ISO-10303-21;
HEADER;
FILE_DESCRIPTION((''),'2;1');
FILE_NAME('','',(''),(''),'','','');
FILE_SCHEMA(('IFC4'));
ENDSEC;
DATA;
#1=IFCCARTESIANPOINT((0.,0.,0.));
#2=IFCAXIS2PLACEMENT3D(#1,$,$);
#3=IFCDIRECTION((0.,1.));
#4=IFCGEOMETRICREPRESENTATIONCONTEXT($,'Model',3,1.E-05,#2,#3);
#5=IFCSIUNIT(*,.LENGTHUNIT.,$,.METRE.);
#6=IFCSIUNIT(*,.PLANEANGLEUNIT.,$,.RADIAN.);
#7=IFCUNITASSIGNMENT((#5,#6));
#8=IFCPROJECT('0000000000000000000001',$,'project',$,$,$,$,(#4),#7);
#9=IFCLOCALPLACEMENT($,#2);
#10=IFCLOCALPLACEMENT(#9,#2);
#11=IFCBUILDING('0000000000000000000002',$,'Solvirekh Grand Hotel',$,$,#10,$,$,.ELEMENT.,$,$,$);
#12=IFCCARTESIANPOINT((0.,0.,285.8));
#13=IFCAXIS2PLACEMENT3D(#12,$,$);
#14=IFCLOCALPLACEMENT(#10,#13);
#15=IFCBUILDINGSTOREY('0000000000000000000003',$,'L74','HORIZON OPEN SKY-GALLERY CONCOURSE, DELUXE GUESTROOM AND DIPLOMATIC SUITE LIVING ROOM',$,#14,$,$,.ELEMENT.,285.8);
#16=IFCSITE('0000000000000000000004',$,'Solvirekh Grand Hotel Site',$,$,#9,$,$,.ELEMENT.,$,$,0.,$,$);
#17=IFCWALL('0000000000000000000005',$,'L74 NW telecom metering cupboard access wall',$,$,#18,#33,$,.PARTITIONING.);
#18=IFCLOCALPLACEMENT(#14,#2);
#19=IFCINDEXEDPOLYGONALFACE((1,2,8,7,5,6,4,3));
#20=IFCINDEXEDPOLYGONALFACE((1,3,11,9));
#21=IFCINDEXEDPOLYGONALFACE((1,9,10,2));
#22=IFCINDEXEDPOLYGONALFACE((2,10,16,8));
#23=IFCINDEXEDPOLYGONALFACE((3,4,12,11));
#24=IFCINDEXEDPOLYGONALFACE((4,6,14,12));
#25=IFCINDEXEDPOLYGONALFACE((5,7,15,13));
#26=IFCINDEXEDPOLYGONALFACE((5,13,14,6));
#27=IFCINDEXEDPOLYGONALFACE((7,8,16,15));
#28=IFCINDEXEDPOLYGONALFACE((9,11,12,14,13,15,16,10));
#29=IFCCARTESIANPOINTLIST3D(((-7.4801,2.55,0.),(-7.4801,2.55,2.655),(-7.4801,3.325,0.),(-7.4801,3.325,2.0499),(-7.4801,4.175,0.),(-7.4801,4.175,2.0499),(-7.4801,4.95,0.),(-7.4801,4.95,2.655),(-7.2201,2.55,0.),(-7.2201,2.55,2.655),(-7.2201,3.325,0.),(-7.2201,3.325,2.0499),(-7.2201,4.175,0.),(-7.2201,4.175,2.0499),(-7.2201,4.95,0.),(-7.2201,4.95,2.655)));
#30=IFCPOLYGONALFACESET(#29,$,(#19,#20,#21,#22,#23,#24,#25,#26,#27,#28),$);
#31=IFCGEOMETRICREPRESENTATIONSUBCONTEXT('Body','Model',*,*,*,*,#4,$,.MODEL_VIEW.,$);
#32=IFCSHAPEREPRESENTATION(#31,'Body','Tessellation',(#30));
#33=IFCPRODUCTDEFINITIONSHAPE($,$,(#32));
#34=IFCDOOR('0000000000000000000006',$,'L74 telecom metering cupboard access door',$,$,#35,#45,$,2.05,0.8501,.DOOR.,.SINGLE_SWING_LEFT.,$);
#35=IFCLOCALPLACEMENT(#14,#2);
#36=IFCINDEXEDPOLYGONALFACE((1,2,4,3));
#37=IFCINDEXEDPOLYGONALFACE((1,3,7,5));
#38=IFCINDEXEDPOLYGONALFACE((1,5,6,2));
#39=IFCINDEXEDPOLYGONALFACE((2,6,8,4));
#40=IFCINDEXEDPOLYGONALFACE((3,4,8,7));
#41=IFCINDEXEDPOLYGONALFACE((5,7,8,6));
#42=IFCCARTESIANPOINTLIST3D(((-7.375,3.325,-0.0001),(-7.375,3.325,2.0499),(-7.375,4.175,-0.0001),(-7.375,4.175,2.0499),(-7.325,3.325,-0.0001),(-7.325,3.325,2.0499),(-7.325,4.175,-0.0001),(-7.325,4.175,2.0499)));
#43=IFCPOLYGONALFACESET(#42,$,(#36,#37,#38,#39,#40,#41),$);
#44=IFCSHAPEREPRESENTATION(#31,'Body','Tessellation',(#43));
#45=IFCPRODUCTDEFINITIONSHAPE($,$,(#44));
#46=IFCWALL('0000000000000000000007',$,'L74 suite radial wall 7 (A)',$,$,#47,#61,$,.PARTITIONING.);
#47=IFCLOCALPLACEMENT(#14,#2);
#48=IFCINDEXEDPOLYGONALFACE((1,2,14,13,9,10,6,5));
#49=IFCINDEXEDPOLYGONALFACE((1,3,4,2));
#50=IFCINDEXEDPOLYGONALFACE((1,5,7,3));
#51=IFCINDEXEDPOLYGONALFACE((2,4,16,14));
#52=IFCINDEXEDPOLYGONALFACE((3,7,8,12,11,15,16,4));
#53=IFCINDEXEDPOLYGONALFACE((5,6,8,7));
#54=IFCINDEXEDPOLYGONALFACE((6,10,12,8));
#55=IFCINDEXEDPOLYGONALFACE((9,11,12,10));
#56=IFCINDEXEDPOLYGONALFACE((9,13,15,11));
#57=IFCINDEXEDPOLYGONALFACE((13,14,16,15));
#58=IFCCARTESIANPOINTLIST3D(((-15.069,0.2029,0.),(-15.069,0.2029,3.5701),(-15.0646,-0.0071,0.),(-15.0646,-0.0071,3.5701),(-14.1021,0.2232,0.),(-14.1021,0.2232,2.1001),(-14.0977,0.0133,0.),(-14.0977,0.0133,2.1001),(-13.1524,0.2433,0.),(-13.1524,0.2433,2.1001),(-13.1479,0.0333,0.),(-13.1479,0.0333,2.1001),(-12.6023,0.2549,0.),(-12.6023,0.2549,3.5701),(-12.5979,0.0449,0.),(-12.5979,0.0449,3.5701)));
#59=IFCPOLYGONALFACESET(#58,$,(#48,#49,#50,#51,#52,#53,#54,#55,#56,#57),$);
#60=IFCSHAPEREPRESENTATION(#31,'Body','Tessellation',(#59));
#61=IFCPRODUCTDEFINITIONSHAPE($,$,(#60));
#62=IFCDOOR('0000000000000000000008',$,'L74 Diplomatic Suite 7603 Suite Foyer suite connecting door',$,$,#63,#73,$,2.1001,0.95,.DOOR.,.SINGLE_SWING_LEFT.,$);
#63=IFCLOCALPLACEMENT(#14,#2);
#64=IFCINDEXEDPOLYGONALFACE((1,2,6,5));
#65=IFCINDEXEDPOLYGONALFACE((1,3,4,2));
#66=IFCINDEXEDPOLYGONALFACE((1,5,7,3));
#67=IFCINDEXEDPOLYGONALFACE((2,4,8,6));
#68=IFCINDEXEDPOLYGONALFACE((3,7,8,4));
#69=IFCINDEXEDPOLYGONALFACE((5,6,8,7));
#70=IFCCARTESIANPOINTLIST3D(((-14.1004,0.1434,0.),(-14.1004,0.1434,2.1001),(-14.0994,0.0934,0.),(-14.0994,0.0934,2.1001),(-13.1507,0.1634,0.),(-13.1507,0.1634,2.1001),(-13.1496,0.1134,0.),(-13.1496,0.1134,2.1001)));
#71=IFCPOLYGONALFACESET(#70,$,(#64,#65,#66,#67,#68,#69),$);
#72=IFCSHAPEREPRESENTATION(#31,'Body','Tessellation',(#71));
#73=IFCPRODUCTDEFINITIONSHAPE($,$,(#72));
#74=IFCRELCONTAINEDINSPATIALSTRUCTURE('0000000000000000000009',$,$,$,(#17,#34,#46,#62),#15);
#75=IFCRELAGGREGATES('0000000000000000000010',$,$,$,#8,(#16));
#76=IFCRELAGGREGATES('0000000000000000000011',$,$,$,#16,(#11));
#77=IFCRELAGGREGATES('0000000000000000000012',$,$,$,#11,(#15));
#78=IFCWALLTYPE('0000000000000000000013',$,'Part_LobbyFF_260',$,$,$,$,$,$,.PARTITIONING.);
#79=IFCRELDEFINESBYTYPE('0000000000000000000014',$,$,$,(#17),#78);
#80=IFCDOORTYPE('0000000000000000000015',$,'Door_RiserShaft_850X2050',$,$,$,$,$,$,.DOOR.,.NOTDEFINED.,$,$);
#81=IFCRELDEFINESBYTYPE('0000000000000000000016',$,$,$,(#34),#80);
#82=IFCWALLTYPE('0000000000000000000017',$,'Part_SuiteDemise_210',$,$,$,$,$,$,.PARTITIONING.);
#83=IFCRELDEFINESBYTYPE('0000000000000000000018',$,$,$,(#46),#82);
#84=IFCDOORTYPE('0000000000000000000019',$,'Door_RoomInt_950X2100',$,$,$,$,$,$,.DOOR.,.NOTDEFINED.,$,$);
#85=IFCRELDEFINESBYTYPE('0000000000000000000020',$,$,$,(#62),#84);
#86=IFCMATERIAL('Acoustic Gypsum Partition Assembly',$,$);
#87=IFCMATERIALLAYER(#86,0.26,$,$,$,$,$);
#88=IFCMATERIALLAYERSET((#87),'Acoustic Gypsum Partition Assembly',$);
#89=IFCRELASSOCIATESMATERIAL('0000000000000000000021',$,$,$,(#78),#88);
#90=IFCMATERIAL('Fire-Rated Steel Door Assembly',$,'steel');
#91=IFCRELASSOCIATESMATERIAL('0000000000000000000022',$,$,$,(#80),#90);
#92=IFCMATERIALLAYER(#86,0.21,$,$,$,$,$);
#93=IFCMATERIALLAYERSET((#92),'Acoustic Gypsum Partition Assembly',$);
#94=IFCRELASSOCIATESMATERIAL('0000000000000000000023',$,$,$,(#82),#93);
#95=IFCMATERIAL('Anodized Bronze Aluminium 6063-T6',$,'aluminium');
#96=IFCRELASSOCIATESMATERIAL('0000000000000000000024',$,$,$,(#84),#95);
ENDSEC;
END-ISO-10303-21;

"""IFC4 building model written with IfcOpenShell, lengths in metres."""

from ifc_helpers import new_model, si_unit, direction, frame, frame_2d, origin, place, context, subcontext, project, spatial, rectangle, extrude, material, layer, layer_set, type_object, element, fill, save


model = new_model("IFC4")

# Units and contexts
model_context = context("Model", 3, precision=1e-05, world=origin(), true_north=direction((0.0, 1.0)))
body_context = subcontext(model_context, "Body", "Model", "MODEL_VIEW")
ifc_project = project(units=[si_unit("LENGTHUNIT", "METRE"), si_unit("PLANEANGLEUNIT", "RADIAN")], contexts=[model_context])

# Site, building, storey
site_placement = place(None, origin())
site = spatial("IfcSite", under=ifc_project, at=site_placement, Name="Solvirekh Grand Hotel Site", CompositionType="ELEMENT", RefElevation=0.0)
building_placement = place(site_placement, origin())
building = spatial("IfcBuilding", under=site, at=building_placement, Name="Solvirekh Grand Hotel", CompositionType="ELEMENT")
storey_placement = place(building_placement, frame((0.0, 0.0, 285.8)))
storey = spatial("IfcBuildingStorey", under=building, at=storey_placement, Name="L74", Description="HORIZON OPEN SKY-GALLERY CONCOURSE, DELUXE GUESTROOM AND DIPLOMATIC SUITE LIVING ROOM", CompositionType="ELEMENT", Elevation=285.8)

# Shared definitions
ifc_material_1 = material(Name="Anodized Bronze Aluminium 6063-T6", Category="aluminium")

# Shared definitions
ifc_material_2 = material(Name="Fire-Rated Steel Door Assembly", Category="steel")

# Shared definitions
ifc_material_3 = material(Name="Acoustic Gypsum Partition Assembly")
ifc_layer_1 = layer(ifc_material_3, 0.26)
ifc_layer_set_1 = layer_set([ifc_layer_1], Name="Acoustic Gypsum Partition Assembly")
wall_type_1 = type_object("IfcWallType", Name="Part_LobbyFF_260", PredefinedType="PARTITIONING", material=ifc_layer_set_1)

# Walls, openings, doors
wall_1_placement = place(storey_placement, frame((-7.3501, 2.55, 0.0), z_axis=(0.0, 0.0, 1.0), x_axis=(0.0, 1.0, 0.0)))
wall_1 = element("IfcWall", 1, at=wall_1_placement, inside=storey, type_object=wall_type_1, Name="L74 NW telecom metering cupboard access wall", PredefinedType="PARTITIONING", context=body_context, shape_type="SweptSolid", body=[
    extrude(rectangle(XDim=2.3999, YDim=0.26, at=frame_2d((1.2, 0.0))), origin(), (0.0, 0.0, 1.0), 2.655),
])
opening_1_placement = place(wall_1_placement, frame((0.7749, 0.0, 0.0)))
opening_1 = element("IfcOpeningElement", 2, at=opening_1_placement, cuts=wall_1, PredefinedType="OPENING", context=body_context, shape_type="SweptSolid", body=[
    extrude(rectangle(XDim=0.8501, YDim=2.05, at=frame_2d((0.425, 1.0249))), frame((0.0, 0.1401, 0.0), z_axis=(0.0, -1.0, 0.0), x_axis=(1.0, 0.0, 0.0)), (0.0, 0.0, 1.0), 0.28),
])
door_type_1 = type_object("IfcDoorType", Name="Door_RiserShaft_850X2050", OperationType="NOTDEFINED", PredefinedType="DOOR", material=ifc_material_2)
door_1_placement = place(opening_1_placement, origin())
door_1 = element("IfcDoor", 3, at=door_1_placement, inside=storey, type_object=door_type_1, Name="L74 telecom metering cupboard access door", OperationType="SINGLE_SWING_LEFT", OverallHeight=2.05, OverallWidth=0.8501, PredefinedType="DOOR", context=body_context, shape_type="SweptSolid", body=[
    extrude(rectangle(XDim=0.8501, YDim=2.05, at=frame_2d((0.425, 1.0249))), frame((0.0, 0.0249, 0.0), z_axis=(0.0, -1.0, 0.0), x_axis=(1.0, 0.0, 0.0)), (0.0, 0.0, 1.0), 0.05),
])
fill(opening_1, door_1)
ifc_layer_2 = layer(ifc_material_3, 0.21)
ifc_layer_set_2 = layer_set([ifc_layer_2], Name="Acoustic Gypsum Partition Assembly")
wall_type_2 = type_object("IfcWallType", Name="Part_SuiteDemise_210", PredefinedType="PARTITIONING", material=ifc_layer_set_2)
wall_2_placement = place(storey_placement, frame((-12.6001, 0.1499, 0.0), z_axis=(0.0, 0.0, 1.0), x_axis=(-0.999778, -0.021076, 0.0)))
wall_2 = element("IfcWall", 4, at=wall_2_placement, inside=storey, type_object=wall_type_2, Name="L74 suite radial wall 7 (A)", PredefinedType="PARTITIONING", context=body_context, shape_type="SweptSolid", body=[
    extrude(rectangle(XDim=2.4673, YDim=0.21, at=frame_2d((1.2336, 0.0))), origin(), (0.0, 0.0, 1.0), 3.5701),
])
opening_2_placement = place(wall_2_placement, frame((0.55, 0.0, 0.0)))
opening_2 = element("IfcOpeningElement", 5, at=opening_2_placement, cuts=wall_2, PredefinedType="OPENING", context=body_context, shape_type="SweptSolid", body=[
    extrude(rectangle(XDim=0.95, YDim=2.1001, at=frame_2d((0.4751, 1.05))), frame((0.0, 0.115, 0.0), z_axis=(0.0, -1.0, 0.0), x_axis=(1.0, 0.0, 0.0)), (0.0, 0.0, 1.0), 0.23),
])
door_type_2 = type_object("IfcDoorType", Name="Door_RoomInt_950X2100", OperationType="NOTDEFINED", PredefinedType="DOOR", material=ifc_material_1)
door_2_placement = place(opening_2_placement, origin())
door_2 = element("IfcDoor", 6, at=door_2_placement, inside=storey, type_object=door_type_2, Name="L74 Diplomatic Suite 7603 Suite Foyer suite connecting door", OperationType="SINGLE_SWING_LEFT", OverallHeight=2.1001, OverallWidth=0.95, PredefinedType="DOOR", context=body_context, shape_type="SweptSolid", body=[
    extrude(rectangle(XDim=0.95, YDim=2.1001, at=frame_2d((0.4751, 1.05))), frame((0.0, 0.0249, 0.0), z_axis=(0.0, -1.0, 0.0), x_axis=(1.0, 0.0, 0.0)), (0.0, 0.0, 1.0), 0.05),
])
fill(opening_2, door_2)

save(model, "model.ifc")
